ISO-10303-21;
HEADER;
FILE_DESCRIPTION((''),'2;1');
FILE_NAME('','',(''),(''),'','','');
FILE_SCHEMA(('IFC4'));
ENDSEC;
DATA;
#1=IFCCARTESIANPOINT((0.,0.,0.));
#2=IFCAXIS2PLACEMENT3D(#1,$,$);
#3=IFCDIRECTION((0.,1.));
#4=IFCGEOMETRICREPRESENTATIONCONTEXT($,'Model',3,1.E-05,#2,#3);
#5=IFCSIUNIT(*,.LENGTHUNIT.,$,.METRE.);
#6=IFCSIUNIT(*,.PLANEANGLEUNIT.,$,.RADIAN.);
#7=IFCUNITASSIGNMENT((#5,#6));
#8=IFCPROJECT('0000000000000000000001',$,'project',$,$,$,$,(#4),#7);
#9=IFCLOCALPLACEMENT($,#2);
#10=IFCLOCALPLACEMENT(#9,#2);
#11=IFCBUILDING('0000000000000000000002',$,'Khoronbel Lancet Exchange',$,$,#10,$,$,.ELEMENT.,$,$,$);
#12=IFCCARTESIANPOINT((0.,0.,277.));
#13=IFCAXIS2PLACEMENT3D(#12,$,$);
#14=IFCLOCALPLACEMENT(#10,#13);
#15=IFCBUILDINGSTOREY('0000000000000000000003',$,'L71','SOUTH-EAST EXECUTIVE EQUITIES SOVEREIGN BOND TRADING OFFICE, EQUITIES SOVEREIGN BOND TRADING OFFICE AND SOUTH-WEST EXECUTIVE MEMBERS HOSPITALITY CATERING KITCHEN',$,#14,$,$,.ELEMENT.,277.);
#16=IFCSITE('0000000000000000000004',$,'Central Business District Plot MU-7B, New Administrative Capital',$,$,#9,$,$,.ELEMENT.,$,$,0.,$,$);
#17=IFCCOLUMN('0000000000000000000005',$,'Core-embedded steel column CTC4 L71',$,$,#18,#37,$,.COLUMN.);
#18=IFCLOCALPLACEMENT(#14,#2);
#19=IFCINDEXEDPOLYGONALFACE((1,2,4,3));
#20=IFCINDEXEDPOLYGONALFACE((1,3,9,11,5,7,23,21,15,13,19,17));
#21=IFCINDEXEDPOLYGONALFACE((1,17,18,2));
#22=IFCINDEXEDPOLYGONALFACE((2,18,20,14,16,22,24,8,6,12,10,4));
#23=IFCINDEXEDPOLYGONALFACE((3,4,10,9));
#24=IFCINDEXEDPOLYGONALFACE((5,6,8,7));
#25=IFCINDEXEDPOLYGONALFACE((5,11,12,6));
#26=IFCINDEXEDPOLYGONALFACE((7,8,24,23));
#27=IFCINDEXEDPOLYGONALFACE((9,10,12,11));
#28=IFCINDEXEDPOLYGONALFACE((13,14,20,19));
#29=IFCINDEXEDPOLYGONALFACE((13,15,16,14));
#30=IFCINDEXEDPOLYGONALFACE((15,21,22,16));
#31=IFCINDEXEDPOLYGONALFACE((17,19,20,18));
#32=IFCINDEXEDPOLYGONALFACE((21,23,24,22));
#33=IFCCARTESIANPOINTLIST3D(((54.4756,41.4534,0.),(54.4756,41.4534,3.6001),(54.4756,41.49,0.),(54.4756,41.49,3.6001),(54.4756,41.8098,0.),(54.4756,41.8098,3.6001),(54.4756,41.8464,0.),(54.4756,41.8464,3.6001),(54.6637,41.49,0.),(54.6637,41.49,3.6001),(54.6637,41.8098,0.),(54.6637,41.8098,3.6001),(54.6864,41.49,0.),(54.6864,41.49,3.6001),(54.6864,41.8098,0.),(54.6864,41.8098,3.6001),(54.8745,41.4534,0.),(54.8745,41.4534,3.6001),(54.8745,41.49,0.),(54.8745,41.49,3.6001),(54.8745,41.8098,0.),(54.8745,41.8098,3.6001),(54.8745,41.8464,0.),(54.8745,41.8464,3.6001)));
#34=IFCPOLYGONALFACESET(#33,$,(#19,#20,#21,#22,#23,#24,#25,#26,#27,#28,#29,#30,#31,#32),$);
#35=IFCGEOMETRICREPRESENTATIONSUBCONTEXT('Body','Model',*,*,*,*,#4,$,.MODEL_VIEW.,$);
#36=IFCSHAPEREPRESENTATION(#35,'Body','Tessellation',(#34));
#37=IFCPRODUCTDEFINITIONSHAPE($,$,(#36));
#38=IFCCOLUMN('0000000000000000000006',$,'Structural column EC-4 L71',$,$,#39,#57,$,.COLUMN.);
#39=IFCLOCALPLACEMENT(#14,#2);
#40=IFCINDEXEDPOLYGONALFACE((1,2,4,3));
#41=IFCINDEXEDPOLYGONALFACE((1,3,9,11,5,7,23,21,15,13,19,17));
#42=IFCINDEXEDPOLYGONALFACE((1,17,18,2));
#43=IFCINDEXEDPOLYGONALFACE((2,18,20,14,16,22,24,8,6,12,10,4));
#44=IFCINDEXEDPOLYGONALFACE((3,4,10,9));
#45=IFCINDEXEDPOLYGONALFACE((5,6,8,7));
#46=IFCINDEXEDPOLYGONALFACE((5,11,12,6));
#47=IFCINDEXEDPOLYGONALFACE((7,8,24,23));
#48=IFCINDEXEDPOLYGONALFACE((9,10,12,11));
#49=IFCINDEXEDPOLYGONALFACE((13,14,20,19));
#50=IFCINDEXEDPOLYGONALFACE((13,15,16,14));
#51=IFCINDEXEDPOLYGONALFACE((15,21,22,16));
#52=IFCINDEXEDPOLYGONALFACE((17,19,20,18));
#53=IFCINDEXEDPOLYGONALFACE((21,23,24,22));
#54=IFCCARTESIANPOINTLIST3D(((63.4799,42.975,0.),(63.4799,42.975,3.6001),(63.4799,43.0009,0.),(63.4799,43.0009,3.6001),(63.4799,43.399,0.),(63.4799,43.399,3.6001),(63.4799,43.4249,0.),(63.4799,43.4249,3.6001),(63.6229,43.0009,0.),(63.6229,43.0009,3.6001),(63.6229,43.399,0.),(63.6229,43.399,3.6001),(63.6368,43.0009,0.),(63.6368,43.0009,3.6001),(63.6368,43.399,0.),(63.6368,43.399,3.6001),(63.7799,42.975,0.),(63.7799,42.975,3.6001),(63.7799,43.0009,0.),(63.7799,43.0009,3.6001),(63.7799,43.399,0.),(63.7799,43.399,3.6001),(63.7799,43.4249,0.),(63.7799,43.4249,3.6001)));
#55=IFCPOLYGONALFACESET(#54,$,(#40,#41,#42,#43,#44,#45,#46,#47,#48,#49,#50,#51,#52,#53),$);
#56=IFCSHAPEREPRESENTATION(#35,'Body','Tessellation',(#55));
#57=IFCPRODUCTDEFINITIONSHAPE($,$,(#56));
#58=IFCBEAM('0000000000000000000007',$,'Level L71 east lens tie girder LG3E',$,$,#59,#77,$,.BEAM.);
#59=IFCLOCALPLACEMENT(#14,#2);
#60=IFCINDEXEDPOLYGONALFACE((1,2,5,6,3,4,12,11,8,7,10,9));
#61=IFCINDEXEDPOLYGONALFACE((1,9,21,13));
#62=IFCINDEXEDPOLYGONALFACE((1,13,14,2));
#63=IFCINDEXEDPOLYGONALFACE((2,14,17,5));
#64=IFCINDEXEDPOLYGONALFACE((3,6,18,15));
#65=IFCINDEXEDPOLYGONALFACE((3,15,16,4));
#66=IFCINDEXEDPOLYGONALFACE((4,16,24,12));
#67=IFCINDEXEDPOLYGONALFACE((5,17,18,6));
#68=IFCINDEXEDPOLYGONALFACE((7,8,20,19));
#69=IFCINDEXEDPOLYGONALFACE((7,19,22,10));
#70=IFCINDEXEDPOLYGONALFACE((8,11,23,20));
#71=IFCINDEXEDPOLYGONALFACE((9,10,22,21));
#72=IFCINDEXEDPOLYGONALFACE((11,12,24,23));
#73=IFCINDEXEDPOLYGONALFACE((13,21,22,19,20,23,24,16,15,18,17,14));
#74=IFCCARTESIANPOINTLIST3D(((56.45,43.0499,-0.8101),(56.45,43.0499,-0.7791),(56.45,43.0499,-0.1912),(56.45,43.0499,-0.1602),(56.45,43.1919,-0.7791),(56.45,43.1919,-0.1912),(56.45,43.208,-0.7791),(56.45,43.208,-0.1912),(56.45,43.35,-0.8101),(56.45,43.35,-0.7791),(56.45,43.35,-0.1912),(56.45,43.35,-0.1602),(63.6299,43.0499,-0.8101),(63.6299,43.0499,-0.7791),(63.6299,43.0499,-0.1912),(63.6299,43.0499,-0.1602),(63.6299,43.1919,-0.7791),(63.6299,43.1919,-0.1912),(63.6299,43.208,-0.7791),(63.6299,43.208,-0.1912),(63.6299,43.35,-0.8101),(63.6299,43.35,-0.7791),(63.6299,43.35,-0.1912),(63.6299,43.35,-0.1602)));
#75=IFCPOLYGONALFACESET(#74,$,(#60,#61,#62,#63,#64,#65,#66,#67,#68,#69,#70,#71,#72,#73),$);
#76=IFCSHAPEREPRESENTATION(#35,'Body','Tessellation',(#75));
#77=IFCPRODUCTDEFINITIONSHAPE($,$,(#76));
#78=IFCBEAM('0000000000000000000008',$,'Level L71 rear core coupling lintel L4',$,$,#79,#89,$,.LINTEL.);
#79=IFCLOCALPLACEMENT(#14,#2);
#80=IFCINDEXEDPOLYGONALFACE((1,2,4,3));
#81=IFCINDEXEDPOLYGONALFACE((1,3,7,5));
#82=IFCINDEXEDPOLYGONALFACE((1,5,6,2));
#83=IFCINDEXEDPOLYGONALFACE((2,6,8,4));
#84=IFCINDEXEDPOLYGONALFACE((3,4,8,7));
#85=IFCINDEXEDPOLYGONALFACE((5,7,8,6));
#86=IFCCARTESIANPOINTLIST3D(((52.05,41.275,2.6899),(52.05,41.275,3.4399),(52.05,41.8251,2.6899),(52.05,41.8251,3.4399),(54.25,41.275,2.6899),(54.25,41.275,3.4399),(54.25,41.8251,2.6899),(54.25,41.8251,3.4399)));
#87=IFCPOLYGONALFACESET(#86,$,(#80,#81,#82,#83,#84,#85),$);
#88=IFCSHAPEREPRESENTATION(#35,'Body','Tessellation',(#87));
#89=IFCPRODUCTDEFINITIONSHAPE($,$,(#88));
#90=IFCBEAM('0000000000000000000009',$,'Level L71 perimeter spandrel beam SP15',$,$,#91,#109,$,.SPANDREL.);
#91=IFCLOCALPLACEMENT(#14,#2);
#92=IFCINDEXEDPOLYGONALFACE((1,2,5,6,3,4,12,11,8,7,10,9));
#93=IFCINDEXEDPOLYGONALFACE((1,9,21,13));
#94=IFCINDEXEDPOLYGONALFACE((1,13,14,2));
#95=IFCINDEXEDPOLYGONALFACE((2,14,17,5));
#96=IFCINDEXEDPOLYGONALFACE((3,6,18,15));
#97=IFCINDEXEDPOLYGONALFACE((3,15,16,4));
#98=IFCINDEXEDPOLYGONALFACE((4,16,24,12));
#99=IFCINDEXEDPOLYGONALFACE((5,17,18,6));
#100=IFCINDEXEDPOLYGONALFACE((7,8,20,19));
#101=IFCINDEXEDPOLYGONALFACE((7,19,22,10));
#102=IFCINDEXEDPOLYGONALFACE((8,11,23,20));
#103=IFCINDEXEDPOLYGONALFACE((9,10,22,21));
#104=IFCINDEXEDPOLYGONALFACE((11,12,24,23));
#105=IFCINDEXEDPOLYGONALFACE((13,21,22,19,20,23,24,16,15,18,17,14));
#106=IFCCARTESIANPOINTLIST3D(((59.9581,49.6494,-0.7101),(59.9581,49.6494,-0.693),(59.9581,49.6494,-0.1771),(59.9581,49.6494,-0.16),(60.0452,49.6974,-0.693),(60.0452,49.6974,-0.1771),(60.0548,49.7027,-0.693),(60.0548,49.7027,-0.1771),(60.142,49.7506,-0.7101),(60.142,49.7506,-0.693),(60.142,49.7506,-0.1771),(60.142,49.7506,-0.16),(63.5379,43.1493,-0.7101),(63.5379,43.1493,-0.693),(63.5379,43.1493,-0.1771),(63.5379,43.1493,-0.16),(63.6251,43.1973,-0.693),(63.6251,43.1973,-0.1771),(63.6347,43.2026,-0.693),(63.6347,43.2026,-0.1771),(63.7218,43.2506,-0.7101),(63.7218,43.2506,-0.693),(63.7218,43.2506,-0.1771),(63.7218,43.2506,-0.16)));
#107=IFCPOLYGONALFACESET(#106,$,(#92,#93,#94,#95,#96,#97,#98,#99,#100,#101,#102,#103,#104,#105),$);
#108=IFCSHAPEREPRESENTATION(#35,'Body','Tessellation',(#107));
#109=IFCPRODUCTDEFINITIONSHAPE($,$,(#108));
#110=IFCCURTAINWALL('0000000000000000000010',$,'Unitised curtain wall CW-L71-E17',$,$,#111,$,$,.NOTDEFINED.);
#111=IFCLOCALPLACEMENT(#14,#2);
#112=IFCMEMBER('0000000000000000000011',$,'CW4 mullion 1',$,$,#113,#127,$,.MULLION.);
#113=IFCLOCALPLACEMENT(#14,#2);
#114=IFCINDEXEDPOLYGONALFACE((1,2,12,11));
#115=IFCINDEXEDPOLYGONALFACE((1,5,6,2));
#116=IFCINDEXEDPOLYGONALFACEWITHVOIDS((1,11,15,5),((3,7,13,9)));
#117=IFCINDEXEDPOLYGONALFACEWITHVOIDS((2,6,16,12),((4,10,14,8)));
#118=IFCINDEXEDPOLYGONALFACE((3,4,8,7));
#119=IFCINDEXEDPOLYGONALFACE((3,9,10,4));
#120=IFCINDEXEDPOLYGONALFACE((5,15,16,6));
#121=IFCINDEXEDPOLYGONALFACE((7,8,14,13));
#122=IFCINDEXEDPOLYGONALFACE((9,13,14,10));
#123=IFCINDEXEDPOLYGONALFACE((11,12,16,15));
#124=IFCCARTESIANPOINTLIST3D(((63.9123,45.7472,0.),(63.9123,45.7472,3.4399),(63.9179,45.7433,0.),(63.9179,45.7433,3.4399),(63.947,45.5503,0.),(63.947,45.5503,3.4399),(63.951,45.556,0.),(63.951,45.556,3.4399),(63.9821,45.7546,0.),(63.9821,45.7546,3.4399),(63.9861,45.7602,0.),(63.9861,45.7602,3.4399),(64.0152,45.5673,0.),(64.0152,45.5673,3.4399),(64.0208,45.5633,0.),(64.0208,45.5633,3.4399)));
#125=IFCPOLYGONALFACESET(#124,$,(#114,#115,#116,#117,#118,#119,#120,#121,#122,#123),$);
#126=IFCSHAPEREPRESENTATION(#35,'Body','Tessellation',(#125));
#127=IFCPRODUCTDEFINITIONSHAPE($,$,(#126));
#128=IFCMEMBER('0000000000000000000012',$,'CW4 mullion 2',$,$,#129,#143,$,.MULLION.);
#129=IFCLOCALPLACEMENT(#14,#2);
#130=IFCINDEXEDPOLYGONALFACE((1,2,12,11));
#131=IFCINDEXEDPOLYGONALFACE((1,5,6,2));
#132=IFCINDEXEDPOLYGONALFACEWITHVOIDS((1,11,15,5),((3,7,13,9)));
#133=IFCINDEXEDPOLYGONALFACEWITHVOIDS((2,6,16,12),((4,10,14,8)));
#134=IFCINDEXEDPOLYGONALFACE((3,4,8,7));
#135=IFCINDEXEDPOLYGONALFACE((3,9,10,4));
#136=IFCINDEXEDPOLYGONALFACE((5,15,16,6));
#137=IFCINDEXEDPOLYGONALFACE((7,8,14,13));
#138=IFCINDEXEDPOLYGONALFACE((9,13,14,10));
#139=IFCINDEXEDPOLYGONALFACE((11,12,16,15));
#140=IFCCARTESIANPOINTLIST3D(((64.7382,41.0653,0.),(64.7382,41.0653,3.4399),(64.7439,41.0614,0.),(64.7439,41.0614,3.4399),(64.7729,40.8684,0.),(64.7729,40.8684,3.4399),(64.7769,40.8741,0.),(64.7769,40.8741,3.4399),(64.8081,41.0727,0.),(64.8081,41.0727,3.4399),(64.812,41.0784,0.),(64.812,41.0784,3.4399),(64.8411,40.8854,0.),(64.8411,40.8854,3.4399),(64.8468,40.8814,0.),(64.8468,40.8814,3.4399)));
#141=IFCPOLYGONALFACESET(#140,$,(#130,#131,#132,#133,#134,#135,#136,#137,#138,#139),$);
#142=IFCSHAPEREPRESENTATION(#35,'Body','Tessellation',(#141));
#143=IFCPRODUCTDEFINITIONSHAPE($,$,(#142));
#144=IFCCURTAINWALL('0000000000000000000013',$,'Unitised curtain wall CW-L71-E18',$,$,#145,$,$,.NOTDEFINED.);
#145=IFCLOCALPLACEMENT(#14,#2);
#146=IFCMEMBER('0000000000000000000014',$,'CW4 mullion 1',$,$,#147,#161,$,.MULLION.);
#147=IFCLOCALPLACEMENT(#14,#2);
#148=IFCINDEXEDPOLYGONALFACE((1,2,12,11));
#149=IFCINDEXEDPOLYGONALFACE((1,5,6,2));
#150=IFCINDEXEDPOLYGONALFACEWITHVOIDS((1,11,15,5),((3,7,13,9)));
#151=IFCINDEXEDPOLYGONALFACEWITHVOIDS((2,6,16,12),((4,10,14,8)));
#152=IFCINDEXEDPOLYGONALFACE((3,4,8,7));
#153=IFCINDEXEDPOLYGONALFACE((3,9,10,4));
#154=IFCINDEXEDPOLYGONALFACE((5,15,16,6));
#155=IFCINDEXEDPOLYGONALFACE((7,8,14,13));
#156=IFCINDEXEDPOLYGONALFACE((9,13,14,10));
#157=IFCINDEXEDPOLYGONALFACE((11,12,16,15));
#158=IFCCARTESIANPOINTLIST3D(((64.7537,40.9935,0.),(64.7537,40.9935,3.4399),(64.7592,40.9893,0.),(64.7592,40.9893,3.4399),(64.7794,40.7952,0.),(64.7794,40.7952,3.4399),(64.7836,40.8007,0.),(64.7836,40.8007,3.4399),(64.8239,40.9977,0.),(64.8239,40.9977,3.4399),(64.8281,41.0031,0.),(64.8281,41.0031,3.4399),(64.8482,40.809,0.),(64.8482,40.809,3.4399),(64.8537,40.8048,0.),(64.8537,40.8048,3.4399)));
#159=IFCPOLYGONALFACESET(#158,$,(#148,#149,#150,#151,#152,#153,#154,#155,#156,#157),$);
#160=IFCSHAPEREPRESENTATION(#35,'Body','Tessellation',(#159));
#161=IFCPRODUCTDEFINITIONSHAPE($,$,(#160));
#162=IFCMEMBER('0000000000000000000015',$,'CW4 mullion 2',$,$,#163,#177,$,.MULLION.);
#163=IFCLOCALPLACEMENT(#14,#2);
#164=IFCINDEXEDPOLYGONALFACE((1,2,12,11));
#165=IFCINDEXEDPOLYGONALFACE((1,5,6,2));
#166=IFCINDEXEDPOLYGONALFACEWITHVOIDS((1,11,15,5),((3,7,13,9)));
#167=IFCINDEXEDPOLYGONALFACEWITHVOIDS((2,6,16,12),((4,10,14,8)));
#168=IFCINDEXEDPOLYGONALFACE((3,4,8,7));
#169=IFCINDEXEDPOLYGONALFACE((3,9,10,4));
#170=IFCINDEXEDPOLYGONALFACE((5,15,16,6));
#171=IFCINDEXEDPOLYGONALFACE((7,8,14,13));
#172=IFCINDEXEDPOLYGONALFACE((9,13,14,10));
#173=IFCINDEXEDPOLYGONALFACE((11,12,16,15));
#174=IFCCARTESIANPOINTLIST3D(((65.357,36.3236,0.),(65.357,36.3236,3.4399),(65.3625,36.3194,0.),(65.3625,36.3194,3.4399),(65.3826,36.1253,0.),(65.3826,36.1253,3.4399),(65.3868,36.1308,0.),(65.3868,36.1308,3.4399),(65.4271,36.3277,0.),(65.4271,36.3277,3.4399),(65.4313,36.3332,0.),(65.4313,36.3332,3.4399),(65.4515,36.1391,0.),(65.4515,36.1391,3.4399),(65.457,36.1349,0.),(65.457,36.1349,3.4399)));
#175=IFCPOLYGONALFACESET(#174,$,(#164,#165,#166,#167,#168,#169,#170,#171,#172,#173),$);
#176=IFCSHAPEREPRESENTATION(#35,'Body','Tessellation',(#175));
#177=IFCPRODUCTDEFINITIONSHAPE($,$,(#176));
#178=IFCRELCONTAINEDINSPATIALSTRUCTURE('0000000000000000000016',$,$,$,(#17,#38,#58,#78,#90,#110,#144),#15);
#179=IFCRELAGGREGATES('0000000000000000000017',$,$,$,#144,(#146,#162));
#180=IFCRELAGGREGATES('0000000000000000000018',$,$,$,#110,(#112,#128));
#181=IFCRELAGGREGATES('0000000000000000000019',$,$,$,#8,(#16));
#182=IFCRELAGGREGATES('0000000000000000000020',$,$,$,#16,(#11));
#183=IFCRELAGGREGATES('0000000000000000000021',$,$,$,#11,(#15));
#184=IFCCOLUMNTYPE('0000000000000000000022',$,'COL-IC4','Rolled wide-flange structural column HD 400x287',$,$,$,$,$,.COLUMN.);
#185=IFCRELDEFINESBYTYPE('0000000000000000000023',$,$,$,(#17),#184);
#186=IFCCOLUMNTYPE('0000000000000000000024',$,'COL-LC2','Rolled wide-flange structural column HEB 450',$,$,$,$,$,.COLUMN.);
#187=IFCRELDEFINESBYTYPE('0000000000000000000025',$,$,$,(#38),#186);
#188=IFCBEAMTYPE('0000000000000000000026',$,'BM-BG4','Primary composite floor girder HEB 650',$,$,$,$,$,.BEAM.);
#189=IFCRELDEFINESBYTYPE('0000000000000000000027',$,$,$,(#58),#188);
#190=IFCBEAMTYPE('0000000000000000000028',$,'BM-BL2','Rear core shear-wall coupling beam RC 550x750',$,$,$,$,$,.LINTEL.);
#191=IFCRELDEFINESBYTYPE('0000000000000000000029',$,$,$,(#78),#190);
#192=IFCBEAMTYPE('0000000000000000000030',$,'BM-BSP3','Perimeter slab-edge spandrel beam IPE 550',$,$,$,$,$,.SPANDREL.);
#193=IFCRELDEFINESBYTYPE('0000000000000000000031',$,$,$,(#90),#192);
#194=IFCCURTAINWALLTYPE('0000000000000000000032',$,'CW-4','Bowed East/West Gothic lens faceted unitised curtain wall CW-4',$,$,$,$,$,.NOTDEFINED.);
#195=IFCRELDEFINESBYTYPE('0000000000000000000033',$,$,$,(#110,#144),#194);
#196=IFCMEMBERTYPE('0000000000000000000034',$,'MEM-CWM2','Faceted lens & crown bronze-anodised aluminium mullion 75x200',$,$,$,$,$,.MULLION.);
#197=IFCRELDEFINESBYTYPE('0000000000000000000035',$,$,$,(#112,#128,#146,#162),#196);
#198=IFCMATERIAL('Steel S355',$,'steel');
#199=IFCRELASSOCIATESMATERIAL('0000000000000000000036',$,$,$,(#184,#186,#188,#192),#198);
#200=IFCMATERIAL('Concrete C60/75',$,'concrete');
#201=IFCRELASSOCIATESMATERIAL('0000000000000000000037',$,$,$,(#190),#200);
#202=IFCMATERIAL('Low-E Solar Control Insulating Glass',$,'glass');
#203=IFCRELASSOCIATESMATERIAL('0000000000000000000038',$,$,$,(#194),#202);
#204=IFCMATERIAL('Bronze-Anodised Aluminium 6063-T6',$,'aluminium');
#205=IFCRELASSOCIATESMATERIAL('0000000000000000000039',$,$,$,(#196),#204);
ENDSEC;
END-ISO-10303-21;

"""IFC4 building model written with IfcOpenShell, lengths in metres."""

from ifc_helpers import new_model, si_unit, direction, frame, origin, origin_2d, place, context, subcontext, project, spatial, rectangle, hollow_rectangle, i_section, extrude, material, material_profile, profile_set, type_object, element, aggregate, save


model = new_model("IFC4")

# Units and contexts
model_context = context("Model", 3, precision=1e-05, world=origin(), true_north=direction((0.0, 1.0)))
body_context = subcontext(model_context, "Body", "Model", "MODEL_VIEW")
ifc_project = project(units=[si_unit("LENGTHUNIT", "METRE"), si_unit("PLANEANGLEUNIT", "RADIAN")], contexts=[model_context])

# Site, building, storey
site_placement = place(None, origin())
site = spatial("IfcSite", under=ifc_project, at=site_placement, Name="Central Business District Plot MU-7B, New Administrative Capital", CompositionType="ELEMENT", RefElevation=0.0)
building_placement = place(site_placement, origin())
building = spatial("IfcBuilding", under=site, at=building_placement, Name="Khoronbel Lancet Exchange", CompositionType="ELEMENT")
storey_placement = place(building_placement, frame((0.0, 0.0, 277.0)))
storey = spatial("IfcBuildingStorey", under=building, at=storey_placement, Name="L71", Description="SOUTH-EAST EXECUTIVE EQUITIES SOVEREIGN BOND TRADING OFFICE, EQUITIES SOVEREIGN BOND TRADING OFFICE AND SOUTH-WEST EXECUTIVE MEMBERS HOSPITALITY CATERING KITCHEN", CompositionType="ELEMENT", Elevation=277.0)

# Columns
ifc_material_1 = material(Name="Steel S355", Category="steel")
ifc_material_profile_1 = material_profile(ifc_material_1, i_section(OverallWidth=0.3989, OverallDepth=0.3931, WebThickness=0.0227, FlangeThickness=0.0366, at=origin_2d()), Name="HD 400x287")
ifc_profile_set_1 = profile_set([ifc_material_profile_1], Name="Steel S355")
column_type_1 = type_object("IfcColumnType", Name="COL-IC4", Description="Rolled wide-flange structural column HD 400x287", PredefinedType="COLUMN", material=ifc_profile_set_1)
column_1_placement = place(storey_placement, frame((54.675, 41.6499, 0.0), z_axis=(0.0, 0.0, 1.0), x_axis=(1.0, 0.0, 0.0)))
element("IfcColumn", 1, at=column_1_placement, inside=storey, type_object=column_type_1, Name="Core-embedded steel column CTC4 L71", PredefinedType="COLUMN", context=body_context, shape_type="SweptSolid", body=[
    extrude(i_section(OverallWidth=0.3989, OverallDepth=0.3931, WebThickness=0.0227, FlangeThickness=0.0366, at=origin_2d()), origin(), (0.0, 0.0, 1.0), 3.6001),
])
ifc_material_profile_2 = material_profile(ifc_material_1, i_section(OverallWidth=0.3, OverallDepth=0.45, WebThickness=0.0139, FlangeThickness=0.0259, at=origin_2d()), Name="HEB 450")
ifc_profile_set_2 = profile_set([ifc_material_profile_2], Name="Steel S355")
column_type_2 = type_object("IfcColumnType", Name="COL-LC2", Description="Rolled wide-flange structural column HEB 450", PredefinedType="COLUMN", material=ifc_profile_set_2)
column_2_placement = place(storey_placement, frame((63.6299, 43.2, 0.0), z_axis=(0.0, 0.0, 1.0), x_axis=(1.0, 0.0, 0.0)))
element("IfcColumn", 2, at=column_2_placement, inside=storey, type_object=column_type_2, Name="Structural column EC-4 L71", PredefinedType="COLUMN", context=body_context, shape_type="SweptSolid", body=[
    extrude(i_section(OverallWidth=0.3, OverallDepth=0.45, WebThickness=0.0139, FlangeThickness=0.0259, at=origin_2d()), origin(), (0.0, 0.0, 1.0), 3.6001),
])

# Beams
ifc_material_profile_3 = material_profile(ifc_material_1, i_section(OverallWidth=0.3, OverallDepth=0.6499, WebThickness=0.0161, FlangeThickness=0.031, at=origin_2d()), Name="HEB 650")
ifc_profile_set_3 = profile_set([ifc_material_profile_3], Name="Steel S355")
beam_type_1 = type_object("IfcBeamType", Name="BM-BG4", Description="Primary composite floor girder HEB 650", PredefinedType="BEAM", material=ifc_profile_set_3)
beam_1_placement = place(storey_placement, frame((56.45, 43.2, -0.4851), z_axis=(1.0, 0.0, 0.0), x_axis=(0.0, 1.0, 0.0)))
element("IfcBeam", 3, at=beam_1_placement, inside=storey, type_object=beam_type_1, Name="Level L71 east lens tie girder LG3E", PredefinedType="BEAM", context=body_context, shape_type="SweptSolid", body=[
    extrude(i_section(OverallWidth=0.3, OverallDepth=0.6499, WebThickness=0.0161, FlangeThickness=0.031, at=origin_2d()), origin(), (0.0, 0.0, 1.0), 7.1799),
])
ifc_material_2 = material(Name="Concrete C60/75", Category="concrete")
ifc_material_profile_4 = material_profile(ifc_material_2, rectangle(XDim=0.55, YDim=0.75, at=origin_2d()), Name="RC 550x750")
ifc_profile_set_4 = profile_set([ifc_material_profile_4], Name="Concrete C60/75")
beam_type_2 = type_object("IfcBeamType", Name="BM-BL2", Description="Rear core shear-wall coupling beam RC 550x750", PredefinedType="LINTEL", material=ifc_profile_set_4)
beam_2_placement = place(storey_placement, frame((52.05, 41.55, 3.0649), z_axis=(1.0, 0.0, 0.0), x_axis=(0.0, 1.0, 0.0)))
element("IfcBeam", 4, at=beam_2_placement, inside=storey, type_object=beam_type_2, Name="Level L71 rear core coupling lintel L4", PredefinedType="LINTEL", context=body_context, shape_type="SweptSolid", body=[
    extrude(rectangle(XDim=0.55, YDim=0.75, at=origin_2d()), origin(), (0.0, 0.0, 1.0), 2.2),
])
ifc_material_profile_5 = material_profile(ifc_material_1, i_section(OverallWidth=0.21, OverallDepth=0.55, WebThickness=0.011, FlangeThickness=0.0171, at=origin_2d()), Name="IPE 550")
ifc_profile_set_5 = profile_set([ifc_material_profile_5], Name="Steel S355")
beam_type_3 = type_object("IfcBeamType", Name="BM-BSP3", Description="Perimeter slab-edge spandrel beam IPE 550", PredefinedType="SPANDREL", material=ifc_profile_set_5)
beam_3_placement = place(storey_placement, frame((63.6299, 43.2, -0.4351), z_axis=(-0.482419, 0.875941, 0.0), x_axis=(-0.875941, -0.482419, 0.0)))
element("IfcBeam", 5, at=beam_3_placement, inside=storey, type_object=beam_type_3, Name="Level L71 perimeter spandrel beam SP15", PredefinedType="SPANDREL", context=body_context, shape_type="SweptSolid", body=[
    extrude(i_section(OverallWidth=0.21, OverallDepth=0.55, WebThickness=0.011, FlangeThickness=0.0171, at=origin_2d()), origin(), (0.0, 0.0, 1.0), 7.4207),
])

# Curtain walls, members
ifc_material_3 = material(Name="Low-E Solar Control Insulating Glass", Category="glass")
curtain_wall_type = type_object("IfcCurtainWallType", Name="CW-4", Description="Bowed East/West Gothic lens faceted unitised curtain wall CW-4", PredefinedType="NOTDEFINED", material=ifc_material_3)
curtain_wall_1_placement = place(storey_placement, origin())
curtain_wall_1 = element("IfcCurtainWall", 6, at=curtain_wall_1_placement, inside=storey, type_object=curtain_wall_type, Name="Unitised curtain wall CW-L71-E17", PredefinedType="NOTDEFINED")
ifc_material_4 = material(Name="Bronze-Anodised Aluminium 6063-T6", Category="aluminium")
ifc_material_profile_6 = material_profile(ifc_material_4, hollow_rectangle(XDim=0.075, YDim=0.2, WallThickness=0.0049, at=origin_2d()), Name="ALU MULLION 75x200")
ifc_profile_set_6 = profile_set([ifc_material_profile_6], Name="Bronze-Anodised Aluminium 6063-T6")
member_type_1 = type_object("IfcMemberType", Name="MEM-CWM2", Description="Faceted lens & crown bronze-anodised aluminium mullion 75x200", PredefinedType="MULLION", material=ifc_profile_set_6)
member_1_placement = place(storey_placement, frame((63.9666, 45.6553, 0.0), z_axis=(0.0, 0.0, 1.0), x_axis=(0.984792, 0.173737, 0.0)))
member_1 = element("IfcMember", 7, at=member_1_placement, type_object=member_type_1, Name="CW4 mullion 1", PredefinedType="MULLION", context=body_context, shape_type="SweptSolid", body=[
    extrude(hollow_rectangle(XDim=0.075, YDim=0.2, WallThickness=0.0049, at=origin_2d()), origin(), (0.0, 0.0, 1.0), 3.4399),
])
member_2_placement = place(storey_placement, frame((64.7925, 40.9734, 0.0), z_axis=(0.0, 0.0, 1.0), x_axis=(0.984792, 0.173737, 0.0)))
member_2 = element("IfcMember", 8, at=member_2_placement, type_object=member_type_1, Name="CW4 mullion 2", PredefinedType="MULLION", context=body_context, shape_type="SweptSolid", body=[
    extrude(hollow_rectangle(XDim=0.075, YDim=0.2, WallThickness=0.0049, at=origin_2d()), origin(), (0.0, 0.0, 1.0), 3.4399),
])
curtain_wall_2_placement = place(storey_placement, origin())
curtain_wall_2 = element("IfcCurtainWall", 9, at=curtain_wall_2_placement, inside=storey, type_object=curtain_wall_type, Name="Unitised curtain wall CW-L71-E18", PredefinedType="NOTDEFINED")
member_3_placement = place(storey_placement, frame((64.8037, 40.8992, 0.0), z_axis=(0.0, 0.0, 1.0), x_axis=(0.991761, 0.128101, 0.0)))
member_3 = element("IfcMember", 10, at=member_3_placement, type_object=member_type_1, Name="CW4 mullion 1", PredefinedType="MULLION", context=body_context, shape_type="SweptSolid", body=[
    extrude(hollow_rectangle(XDim=0.075, YDim=0.2, WallThickness=0.0049, at=origin_2d()), origin(), (0.0, 0.0, 1.0), 3.4399),
])
member_4_placement = place(storey_placement, frame((65.407, 36.2292, 0.0), z_axis=(0.0, 0.0, 1.0), x_axis=(0.991761, 0.128101, 0.0)))
member_4 = element("IfcMember", 11, at=member_4_placement, type_object=member_type_1, Name="CW4 mullion 2", PredefinedType="MULLION", context=body_context, shape_type="SweptSolid", body=[
    extrude(hollow_rectangle(XDim=0.075, YDim=0.2, WallThickness=0.0049, at=origin_2d()), origin(), (0.0, 0.0, 1.0), 3.4399),
])

aggregate(curtain_wall_2, [member_3, member_4])
aggregate(curtain_wall_1, [member_1, member_2])

save(model, "model.ifc")
